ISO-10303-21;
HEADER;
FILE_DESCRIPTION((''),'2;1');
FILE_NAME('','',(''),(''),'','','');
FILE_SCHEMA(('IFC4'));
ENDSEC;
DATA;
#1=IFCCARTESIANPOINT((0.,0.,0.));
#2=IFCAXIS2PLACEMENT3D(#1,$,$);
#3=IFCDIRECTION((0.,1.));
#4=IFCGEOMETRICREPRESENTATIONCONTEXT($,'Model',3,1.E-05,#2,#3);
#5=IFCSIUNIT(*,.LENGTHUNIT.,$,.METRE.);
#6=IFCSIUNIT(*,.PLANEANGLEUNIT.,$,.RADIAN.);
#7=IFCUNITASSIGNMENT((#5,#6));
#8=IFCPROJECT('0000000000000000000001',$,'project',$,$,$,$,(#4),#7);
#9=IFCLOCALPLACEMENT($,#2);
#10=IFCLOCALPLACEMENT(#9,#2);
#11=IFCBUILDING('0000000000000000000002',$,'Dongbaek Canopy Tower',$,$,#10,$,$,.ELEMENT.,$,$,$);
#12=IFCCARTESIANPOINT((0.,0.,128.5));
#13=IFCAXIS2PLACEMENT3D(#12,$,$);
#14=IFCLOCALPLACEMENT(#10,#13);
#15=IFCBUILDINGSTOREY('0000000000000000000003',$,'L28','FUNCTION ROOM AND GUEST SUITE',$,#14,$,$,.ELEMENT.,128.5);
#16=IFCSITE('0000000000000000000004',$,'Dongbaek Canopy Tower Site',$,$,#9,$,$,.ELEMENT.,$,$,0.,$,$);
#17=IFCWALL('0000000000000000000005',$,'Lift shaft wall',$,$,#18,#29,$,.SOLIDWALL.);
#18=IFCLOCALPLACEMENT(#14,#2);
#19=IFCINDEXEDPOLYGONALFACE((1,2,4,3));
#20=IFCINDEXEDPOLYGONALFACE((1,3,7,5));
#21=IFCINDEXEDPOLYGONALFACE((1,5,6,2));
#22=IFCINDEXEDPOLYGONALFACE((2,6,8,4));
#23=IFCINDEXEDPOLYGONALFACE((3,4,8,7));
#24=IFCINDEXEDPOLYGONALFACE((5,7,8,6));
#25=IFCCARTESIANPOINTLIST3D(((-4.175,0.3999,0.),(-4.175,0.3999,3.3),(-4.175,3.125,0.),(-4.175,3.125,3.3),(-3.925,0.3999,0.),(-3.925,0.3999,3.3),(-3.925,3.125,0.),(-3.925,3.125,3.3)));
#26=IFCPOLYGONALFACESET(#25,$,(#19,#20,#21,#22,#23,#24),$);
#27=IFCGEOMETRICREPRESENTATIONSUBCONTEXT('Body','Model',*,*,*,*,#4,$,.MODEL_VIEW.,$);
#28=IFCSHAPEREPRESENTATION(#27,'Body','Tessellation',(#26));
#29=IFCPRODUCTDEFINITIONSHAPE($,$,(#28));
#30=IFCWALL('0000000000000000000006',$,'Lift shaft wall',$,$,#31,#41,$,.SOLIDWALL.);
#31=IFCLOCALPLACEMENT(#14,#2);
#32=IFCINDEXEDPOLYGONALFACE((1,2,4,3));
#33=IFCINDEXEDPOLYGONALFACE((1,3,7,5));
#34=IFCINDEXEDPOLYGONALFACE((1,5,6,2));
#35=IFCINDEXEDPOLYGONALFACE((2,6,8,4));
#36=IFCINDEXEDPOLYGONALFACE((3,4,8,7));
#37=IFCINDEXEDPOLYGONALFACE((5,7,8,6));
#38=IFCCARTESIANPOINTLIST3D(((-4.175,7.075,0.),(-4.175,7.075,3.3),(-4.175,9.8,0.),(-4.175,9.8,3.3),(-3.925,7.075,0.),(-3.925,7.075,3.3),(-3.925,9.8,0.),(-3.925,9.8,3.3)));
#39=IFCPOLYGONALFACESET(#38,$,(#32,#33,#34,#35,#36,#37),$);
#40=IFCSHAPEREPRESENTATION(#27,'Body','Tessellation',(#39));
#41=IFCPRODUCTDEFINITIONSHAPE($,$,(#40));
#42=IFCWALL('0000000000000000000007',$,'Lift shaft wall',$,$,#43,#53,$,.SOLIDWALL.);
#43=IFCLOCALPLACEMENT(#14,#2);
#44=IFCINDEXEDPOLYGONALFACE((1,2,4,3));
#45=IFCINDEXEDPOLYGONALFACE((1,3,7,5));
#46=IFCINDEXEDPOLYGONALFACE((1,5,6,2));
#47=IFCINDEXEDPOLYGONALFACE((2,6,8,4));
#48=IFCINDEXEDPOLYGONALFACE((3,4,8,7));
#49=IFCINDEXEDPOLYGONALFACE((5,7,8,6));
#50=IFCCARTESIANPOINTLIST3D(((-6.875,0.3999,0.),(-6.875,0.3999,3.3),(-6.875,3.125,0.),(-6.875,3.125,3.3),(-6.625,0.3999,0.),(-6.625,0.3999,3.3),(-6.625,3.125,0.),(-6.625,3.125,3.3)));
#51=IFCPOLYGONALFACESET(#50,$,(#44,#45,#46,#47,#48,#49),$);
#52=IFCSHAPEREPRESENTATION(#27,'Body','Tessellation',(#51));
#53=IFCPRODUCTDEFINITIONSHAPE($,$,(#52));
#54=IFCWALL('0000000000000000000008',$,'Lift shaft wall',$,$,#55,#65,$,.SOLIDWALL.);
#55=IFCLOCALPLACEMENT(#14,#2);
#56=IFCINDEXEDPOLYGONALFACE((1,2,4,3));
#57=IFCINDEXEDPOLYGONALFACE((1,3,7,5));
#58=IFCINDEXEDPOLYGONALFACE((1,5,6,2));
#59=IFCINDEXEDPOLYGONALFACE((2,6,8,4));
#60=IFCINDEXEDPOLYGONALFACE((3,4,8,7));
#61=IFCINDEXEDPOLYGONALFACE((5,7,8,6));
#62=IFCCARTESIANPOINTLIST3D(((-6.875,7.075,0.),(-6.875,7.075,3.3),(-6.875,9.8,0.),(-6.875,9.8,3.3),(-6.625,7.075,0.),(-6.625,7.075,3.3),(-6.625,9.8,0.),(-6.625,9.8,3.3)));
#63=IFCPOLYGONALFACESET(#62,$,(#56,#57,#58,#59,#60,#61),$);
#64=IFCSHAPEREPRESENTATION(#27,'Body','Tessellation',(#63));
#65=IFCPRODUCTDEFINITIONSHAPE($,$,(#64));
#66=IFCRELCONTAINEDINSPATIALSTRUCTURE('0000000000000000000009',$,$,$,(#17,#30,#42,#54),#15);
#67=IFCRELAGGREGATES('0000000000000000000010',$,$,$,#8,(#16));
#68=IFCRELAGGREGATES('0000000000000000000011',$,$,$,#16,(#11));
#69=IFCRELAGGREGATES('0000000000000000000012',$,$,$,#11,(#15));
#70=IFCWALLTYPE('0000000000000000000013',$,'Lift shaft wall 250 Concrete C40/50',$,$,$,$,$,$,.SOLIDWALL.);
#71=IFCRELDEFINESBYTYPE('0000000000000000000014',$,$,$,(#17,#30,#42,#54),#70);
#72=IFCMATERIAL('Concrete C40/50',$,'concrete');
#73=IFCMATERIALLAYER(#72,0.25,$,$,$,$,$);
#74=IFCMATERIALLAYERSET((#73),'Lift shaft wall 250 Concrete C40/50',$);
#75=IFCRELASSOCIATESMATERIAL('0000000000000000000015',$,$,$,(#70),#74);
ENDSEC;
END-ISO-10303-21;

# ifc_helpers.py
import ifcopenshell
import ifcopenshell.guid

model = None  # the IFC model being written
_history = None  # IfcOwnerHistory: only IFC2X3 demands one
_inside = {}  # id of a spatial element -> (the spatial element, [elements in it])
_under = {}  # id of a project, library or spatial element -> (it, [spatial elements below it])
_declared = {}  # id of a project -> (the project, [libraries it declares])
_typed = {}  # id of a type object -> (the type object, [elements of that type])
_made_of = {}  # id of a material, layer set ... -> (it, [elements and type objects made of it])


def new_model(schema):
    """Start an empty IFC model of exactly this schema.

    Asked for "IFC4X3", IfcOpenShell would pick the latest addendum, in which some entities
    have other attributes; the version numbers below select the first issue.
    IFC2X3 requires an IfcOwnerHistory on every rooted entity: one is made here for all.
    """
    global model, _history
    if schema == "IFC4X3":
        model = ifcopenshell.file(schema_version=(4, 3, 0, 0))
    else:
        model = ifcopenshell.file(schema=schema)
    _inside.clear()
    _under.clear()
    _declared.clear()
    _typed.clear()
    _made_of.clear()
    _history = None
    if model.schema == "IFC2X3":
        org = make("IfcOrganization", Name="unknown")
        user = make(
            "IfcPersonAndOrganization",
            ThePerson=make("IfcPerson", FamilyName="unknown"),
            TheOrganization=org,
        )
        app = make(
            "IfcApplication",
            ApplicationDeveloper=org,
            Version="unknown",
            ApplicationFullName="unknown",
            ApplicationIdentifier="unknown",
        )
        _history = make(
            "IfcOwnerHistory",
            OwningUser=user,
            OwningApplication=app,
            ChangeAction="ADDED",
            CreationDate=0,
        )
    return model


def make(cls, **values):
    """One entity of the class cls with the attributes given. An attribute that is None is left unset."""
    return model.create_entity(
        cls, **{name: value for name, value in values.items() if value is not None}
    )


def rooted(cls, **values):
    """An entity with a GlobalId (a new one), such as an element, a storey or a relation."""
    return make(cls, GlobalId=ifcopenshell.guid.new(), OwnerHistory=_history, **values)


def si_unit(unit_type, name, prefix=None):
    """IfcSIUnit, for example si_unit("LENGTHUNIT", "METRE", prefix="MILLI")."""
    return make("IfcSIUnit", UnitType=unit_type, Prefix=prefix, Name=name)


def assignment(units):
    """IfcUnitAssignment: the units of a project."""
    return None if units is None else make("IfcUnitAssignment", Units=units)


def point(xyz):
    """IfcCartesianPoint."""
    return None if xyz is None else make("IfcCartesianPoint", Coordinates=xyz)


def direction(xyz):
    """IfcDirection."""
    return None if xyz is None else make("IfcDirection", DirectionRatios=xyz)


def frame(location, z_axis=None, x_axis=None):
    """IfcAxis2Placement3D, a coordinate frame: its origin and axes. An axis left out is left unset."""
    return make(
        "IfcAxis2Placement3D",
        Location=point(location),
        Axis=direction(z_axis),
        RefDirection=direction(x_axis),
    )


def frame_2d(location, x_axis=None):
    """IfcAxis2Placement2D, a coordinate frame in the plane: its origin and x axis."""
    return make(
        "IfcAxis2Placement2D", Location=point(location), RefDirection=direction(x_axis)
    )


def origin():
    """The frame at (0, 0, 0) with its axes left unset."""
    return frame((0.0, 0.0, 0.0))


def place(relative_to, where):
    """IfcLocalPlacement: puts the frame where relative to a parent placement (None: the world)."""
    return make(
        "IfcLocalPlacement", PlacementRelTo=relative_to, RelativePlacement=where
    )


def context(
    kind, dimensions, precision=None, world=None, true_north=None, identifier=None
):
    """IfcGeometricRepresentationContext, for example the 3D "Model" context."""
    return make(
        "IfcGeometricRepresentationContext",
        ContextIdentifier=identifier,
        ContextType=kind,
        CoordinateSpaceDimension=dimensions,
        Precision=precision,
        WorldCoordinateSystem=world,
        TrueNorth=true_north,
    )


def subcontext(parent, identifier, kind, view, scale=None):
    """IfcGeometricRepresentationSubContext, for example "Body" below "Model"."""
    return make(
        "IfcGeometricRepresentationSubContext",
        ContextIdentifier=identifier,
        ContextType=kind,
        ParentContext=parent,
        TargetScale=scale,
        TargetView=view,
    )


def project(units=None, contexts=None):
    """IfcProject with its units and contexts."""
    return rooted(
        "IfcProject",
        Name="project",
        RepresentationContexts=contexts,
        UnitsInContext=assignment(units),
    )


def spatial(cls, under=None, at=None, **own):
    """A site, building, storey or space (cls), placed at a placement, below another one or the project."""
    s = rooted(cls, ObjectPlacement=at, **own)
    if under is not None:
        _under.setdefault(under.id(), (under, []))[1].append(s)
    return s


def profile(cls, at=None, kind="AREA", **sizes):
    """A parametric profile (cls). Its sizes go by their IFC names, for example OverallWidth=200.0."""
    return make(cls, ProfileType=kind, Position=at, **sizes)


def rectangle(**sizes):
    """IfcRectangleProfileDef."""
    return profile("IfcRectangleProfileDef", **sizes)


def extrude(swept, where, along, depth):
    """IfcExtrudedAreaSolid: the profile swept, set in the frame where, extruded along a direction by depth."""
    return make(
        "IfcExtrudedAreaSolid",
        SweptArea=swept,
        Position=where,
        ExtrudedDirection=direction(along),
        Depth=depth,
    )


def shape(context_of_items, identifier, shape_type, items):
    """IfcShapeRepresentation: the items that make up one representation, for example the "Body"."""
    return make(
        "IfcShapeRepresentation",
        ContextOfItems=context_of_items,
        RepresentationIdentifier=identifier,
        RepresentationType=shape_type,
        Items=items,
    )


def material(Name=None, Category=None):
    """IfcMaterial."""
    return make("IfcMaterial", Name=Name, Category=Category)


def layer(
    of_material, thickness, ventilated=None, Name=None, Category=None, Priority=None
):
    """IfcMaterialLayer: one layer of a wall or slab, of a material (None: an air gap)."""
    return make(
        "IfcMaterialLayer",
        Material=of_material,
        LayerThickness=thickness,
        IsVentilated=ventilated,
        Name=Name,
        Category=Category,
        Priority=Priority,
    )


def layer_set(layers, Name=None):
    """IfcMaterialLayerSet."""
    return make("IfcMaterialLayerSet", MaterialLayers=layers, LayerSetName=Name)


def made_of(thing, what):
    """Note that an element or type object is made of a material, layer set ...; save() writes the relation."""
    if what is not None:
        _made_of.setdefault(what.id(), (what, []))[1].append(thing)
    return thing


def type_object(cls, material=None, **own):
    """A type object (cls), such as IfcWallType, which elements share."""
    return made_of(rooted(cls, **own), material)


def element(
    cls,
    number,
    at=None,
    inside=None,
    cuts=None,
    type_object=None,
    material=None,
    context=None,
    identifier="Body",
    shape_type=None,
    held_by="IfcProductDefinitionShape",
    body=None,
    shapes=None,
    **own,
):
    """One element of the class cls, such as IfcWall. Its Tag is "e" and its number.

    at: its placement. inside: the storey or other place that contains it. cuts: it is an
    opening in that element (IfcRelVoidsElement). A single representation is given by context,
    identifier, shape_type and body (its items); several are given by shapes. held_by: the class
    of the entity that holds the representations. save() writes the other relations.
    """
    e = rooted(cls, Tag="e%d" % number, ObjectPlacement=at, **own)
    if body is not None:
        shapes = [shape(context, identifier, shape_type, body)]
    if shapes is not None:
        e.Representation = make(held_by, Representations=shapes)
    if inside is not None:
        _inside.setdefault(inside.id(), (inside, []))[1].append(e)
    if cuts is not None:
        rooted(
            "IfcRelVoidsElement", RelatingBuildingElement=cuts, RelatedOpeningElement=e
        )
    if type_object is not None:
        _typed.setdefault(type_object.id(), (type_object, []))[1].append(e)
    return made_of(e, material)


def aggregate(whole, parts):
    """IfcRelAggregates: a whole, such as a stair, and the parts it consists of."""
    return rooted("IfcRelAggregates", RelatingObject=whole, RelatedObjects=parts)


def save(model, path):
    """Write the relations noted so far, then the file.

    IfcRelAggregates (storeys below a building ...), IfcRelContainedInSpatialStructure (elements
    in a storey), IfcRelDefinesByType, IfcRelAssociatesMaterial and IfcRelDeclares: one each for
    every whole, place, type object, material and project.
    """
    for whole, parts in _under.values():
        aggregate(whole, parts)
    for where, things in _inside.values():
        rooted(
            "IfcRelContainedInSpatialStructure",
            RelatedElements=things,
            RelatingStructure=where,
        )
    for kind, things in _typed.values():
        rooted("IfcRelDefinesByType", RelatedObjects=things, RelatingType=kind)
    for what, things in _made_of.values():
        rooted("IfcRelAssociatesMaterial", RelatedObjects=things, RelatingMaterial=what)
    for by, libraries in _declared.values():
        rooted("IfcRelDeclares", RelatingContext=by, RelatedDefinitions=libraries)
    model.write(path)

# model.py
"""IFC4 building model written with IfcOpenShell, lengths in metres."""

from ifc_helpers import new_model, si_unit, direction, frame, frame_2d, origin, place, context, subcontext, project, spatial, rectangle, extrude, material, layer, layer_set, type_object, element, save


model = new_model("IFC4")

# Units and contexts
model_context = context("Model", 3, precision=1e-05, world=origin(), true_north=direction((0.0, 1.0)))
body_context = subcontext(model_context, "Body", "Model", "MODEL_VIEW")
ifc_project = project(units=[si_unit("LENGTHUNIT", "METRE"), si_unit("PLANEANGLEUNIT", "RADIAN")], contexts=[model_context])

# Site, building, storey
site_placement = place(None, origin())
site = spatial("IfcSite", under=ifc_project, at=site_placement, Name="Dongbaek Canopy Tower Site", CompositionType="ELEMENT", RefElevation=0.0)
building_placement = place(site_placement, origin())
building = spatial("IfcBuilding", under=site, at=building_placement, Name="Dongbaek Canopy Tower", CompositionType="ELEMENT")
storey_placement = place(building_placement, frame((0.0, 0.0, 128.5)))
storey = spatial("IfcBuildingStorey", under=building, at=storey_placement, Name="L28", Description="FUNCTION ROOM AND GUEST SUITE", CompositionType="ELEMENT", Elevation=128.5)

# Walls
ifc_material_1 = material(Name="Concrete C40/50", Category="concrete")
ifc_layer_1 = layer(ifc_material_1, 0.25)
ifc_layer_set_1 = layer_set([ifc_layer_1], Name="Lift shaft wall 250 Concrete C40/50")
wall_type_1 = type_object("IfcWallType", Name="Lift shaft wall 250 Concrete C40/50", PredefinedType="SOLIDWALL", material=ifc_layer_set_1)
for number, where, z_axis, x_axis, name in (
    (1, (-4.05, 0.3999, 0.0), (0.0, 0.0, 1.0), (0.0, 1.0, 0.0), "Lift shaft wall"),
    (2, (-4.05, 7.075, 0.0), (0.0, 0.0, 1.0), (0.0, 1.0, 0.0), "Lift shaft wall"),
    (3, (-6.75, 0.3999, 0.0), (0.0, 0.0, 1.0), (0.0, 1.0, 0.0), "Lift shaft wall"),
    (4, (-6.75, 7.075, 0.0), (0.0, 0.0, 1.0), (0.0, 1.0, 0.0), "Lift shaft wall"),
):
    element("IfcWall", number, at=place(storey_placement, frame(where, z_axis=z_axis, x_axis=x_axis)), inside=storey, type_object=wall_type_1, Name=name, PredefinedType="SOLIDWALL", context=body_context, shape_type="SweptSolid", body=[
        extrude(rectangle(XDim=2.7251, YDim=0.25, at=frame_2d((1.3625, 0.0))), origin(), (0.0, 0.0, 1.0), 3.3),
    ])

save(model, "model.ifc")
